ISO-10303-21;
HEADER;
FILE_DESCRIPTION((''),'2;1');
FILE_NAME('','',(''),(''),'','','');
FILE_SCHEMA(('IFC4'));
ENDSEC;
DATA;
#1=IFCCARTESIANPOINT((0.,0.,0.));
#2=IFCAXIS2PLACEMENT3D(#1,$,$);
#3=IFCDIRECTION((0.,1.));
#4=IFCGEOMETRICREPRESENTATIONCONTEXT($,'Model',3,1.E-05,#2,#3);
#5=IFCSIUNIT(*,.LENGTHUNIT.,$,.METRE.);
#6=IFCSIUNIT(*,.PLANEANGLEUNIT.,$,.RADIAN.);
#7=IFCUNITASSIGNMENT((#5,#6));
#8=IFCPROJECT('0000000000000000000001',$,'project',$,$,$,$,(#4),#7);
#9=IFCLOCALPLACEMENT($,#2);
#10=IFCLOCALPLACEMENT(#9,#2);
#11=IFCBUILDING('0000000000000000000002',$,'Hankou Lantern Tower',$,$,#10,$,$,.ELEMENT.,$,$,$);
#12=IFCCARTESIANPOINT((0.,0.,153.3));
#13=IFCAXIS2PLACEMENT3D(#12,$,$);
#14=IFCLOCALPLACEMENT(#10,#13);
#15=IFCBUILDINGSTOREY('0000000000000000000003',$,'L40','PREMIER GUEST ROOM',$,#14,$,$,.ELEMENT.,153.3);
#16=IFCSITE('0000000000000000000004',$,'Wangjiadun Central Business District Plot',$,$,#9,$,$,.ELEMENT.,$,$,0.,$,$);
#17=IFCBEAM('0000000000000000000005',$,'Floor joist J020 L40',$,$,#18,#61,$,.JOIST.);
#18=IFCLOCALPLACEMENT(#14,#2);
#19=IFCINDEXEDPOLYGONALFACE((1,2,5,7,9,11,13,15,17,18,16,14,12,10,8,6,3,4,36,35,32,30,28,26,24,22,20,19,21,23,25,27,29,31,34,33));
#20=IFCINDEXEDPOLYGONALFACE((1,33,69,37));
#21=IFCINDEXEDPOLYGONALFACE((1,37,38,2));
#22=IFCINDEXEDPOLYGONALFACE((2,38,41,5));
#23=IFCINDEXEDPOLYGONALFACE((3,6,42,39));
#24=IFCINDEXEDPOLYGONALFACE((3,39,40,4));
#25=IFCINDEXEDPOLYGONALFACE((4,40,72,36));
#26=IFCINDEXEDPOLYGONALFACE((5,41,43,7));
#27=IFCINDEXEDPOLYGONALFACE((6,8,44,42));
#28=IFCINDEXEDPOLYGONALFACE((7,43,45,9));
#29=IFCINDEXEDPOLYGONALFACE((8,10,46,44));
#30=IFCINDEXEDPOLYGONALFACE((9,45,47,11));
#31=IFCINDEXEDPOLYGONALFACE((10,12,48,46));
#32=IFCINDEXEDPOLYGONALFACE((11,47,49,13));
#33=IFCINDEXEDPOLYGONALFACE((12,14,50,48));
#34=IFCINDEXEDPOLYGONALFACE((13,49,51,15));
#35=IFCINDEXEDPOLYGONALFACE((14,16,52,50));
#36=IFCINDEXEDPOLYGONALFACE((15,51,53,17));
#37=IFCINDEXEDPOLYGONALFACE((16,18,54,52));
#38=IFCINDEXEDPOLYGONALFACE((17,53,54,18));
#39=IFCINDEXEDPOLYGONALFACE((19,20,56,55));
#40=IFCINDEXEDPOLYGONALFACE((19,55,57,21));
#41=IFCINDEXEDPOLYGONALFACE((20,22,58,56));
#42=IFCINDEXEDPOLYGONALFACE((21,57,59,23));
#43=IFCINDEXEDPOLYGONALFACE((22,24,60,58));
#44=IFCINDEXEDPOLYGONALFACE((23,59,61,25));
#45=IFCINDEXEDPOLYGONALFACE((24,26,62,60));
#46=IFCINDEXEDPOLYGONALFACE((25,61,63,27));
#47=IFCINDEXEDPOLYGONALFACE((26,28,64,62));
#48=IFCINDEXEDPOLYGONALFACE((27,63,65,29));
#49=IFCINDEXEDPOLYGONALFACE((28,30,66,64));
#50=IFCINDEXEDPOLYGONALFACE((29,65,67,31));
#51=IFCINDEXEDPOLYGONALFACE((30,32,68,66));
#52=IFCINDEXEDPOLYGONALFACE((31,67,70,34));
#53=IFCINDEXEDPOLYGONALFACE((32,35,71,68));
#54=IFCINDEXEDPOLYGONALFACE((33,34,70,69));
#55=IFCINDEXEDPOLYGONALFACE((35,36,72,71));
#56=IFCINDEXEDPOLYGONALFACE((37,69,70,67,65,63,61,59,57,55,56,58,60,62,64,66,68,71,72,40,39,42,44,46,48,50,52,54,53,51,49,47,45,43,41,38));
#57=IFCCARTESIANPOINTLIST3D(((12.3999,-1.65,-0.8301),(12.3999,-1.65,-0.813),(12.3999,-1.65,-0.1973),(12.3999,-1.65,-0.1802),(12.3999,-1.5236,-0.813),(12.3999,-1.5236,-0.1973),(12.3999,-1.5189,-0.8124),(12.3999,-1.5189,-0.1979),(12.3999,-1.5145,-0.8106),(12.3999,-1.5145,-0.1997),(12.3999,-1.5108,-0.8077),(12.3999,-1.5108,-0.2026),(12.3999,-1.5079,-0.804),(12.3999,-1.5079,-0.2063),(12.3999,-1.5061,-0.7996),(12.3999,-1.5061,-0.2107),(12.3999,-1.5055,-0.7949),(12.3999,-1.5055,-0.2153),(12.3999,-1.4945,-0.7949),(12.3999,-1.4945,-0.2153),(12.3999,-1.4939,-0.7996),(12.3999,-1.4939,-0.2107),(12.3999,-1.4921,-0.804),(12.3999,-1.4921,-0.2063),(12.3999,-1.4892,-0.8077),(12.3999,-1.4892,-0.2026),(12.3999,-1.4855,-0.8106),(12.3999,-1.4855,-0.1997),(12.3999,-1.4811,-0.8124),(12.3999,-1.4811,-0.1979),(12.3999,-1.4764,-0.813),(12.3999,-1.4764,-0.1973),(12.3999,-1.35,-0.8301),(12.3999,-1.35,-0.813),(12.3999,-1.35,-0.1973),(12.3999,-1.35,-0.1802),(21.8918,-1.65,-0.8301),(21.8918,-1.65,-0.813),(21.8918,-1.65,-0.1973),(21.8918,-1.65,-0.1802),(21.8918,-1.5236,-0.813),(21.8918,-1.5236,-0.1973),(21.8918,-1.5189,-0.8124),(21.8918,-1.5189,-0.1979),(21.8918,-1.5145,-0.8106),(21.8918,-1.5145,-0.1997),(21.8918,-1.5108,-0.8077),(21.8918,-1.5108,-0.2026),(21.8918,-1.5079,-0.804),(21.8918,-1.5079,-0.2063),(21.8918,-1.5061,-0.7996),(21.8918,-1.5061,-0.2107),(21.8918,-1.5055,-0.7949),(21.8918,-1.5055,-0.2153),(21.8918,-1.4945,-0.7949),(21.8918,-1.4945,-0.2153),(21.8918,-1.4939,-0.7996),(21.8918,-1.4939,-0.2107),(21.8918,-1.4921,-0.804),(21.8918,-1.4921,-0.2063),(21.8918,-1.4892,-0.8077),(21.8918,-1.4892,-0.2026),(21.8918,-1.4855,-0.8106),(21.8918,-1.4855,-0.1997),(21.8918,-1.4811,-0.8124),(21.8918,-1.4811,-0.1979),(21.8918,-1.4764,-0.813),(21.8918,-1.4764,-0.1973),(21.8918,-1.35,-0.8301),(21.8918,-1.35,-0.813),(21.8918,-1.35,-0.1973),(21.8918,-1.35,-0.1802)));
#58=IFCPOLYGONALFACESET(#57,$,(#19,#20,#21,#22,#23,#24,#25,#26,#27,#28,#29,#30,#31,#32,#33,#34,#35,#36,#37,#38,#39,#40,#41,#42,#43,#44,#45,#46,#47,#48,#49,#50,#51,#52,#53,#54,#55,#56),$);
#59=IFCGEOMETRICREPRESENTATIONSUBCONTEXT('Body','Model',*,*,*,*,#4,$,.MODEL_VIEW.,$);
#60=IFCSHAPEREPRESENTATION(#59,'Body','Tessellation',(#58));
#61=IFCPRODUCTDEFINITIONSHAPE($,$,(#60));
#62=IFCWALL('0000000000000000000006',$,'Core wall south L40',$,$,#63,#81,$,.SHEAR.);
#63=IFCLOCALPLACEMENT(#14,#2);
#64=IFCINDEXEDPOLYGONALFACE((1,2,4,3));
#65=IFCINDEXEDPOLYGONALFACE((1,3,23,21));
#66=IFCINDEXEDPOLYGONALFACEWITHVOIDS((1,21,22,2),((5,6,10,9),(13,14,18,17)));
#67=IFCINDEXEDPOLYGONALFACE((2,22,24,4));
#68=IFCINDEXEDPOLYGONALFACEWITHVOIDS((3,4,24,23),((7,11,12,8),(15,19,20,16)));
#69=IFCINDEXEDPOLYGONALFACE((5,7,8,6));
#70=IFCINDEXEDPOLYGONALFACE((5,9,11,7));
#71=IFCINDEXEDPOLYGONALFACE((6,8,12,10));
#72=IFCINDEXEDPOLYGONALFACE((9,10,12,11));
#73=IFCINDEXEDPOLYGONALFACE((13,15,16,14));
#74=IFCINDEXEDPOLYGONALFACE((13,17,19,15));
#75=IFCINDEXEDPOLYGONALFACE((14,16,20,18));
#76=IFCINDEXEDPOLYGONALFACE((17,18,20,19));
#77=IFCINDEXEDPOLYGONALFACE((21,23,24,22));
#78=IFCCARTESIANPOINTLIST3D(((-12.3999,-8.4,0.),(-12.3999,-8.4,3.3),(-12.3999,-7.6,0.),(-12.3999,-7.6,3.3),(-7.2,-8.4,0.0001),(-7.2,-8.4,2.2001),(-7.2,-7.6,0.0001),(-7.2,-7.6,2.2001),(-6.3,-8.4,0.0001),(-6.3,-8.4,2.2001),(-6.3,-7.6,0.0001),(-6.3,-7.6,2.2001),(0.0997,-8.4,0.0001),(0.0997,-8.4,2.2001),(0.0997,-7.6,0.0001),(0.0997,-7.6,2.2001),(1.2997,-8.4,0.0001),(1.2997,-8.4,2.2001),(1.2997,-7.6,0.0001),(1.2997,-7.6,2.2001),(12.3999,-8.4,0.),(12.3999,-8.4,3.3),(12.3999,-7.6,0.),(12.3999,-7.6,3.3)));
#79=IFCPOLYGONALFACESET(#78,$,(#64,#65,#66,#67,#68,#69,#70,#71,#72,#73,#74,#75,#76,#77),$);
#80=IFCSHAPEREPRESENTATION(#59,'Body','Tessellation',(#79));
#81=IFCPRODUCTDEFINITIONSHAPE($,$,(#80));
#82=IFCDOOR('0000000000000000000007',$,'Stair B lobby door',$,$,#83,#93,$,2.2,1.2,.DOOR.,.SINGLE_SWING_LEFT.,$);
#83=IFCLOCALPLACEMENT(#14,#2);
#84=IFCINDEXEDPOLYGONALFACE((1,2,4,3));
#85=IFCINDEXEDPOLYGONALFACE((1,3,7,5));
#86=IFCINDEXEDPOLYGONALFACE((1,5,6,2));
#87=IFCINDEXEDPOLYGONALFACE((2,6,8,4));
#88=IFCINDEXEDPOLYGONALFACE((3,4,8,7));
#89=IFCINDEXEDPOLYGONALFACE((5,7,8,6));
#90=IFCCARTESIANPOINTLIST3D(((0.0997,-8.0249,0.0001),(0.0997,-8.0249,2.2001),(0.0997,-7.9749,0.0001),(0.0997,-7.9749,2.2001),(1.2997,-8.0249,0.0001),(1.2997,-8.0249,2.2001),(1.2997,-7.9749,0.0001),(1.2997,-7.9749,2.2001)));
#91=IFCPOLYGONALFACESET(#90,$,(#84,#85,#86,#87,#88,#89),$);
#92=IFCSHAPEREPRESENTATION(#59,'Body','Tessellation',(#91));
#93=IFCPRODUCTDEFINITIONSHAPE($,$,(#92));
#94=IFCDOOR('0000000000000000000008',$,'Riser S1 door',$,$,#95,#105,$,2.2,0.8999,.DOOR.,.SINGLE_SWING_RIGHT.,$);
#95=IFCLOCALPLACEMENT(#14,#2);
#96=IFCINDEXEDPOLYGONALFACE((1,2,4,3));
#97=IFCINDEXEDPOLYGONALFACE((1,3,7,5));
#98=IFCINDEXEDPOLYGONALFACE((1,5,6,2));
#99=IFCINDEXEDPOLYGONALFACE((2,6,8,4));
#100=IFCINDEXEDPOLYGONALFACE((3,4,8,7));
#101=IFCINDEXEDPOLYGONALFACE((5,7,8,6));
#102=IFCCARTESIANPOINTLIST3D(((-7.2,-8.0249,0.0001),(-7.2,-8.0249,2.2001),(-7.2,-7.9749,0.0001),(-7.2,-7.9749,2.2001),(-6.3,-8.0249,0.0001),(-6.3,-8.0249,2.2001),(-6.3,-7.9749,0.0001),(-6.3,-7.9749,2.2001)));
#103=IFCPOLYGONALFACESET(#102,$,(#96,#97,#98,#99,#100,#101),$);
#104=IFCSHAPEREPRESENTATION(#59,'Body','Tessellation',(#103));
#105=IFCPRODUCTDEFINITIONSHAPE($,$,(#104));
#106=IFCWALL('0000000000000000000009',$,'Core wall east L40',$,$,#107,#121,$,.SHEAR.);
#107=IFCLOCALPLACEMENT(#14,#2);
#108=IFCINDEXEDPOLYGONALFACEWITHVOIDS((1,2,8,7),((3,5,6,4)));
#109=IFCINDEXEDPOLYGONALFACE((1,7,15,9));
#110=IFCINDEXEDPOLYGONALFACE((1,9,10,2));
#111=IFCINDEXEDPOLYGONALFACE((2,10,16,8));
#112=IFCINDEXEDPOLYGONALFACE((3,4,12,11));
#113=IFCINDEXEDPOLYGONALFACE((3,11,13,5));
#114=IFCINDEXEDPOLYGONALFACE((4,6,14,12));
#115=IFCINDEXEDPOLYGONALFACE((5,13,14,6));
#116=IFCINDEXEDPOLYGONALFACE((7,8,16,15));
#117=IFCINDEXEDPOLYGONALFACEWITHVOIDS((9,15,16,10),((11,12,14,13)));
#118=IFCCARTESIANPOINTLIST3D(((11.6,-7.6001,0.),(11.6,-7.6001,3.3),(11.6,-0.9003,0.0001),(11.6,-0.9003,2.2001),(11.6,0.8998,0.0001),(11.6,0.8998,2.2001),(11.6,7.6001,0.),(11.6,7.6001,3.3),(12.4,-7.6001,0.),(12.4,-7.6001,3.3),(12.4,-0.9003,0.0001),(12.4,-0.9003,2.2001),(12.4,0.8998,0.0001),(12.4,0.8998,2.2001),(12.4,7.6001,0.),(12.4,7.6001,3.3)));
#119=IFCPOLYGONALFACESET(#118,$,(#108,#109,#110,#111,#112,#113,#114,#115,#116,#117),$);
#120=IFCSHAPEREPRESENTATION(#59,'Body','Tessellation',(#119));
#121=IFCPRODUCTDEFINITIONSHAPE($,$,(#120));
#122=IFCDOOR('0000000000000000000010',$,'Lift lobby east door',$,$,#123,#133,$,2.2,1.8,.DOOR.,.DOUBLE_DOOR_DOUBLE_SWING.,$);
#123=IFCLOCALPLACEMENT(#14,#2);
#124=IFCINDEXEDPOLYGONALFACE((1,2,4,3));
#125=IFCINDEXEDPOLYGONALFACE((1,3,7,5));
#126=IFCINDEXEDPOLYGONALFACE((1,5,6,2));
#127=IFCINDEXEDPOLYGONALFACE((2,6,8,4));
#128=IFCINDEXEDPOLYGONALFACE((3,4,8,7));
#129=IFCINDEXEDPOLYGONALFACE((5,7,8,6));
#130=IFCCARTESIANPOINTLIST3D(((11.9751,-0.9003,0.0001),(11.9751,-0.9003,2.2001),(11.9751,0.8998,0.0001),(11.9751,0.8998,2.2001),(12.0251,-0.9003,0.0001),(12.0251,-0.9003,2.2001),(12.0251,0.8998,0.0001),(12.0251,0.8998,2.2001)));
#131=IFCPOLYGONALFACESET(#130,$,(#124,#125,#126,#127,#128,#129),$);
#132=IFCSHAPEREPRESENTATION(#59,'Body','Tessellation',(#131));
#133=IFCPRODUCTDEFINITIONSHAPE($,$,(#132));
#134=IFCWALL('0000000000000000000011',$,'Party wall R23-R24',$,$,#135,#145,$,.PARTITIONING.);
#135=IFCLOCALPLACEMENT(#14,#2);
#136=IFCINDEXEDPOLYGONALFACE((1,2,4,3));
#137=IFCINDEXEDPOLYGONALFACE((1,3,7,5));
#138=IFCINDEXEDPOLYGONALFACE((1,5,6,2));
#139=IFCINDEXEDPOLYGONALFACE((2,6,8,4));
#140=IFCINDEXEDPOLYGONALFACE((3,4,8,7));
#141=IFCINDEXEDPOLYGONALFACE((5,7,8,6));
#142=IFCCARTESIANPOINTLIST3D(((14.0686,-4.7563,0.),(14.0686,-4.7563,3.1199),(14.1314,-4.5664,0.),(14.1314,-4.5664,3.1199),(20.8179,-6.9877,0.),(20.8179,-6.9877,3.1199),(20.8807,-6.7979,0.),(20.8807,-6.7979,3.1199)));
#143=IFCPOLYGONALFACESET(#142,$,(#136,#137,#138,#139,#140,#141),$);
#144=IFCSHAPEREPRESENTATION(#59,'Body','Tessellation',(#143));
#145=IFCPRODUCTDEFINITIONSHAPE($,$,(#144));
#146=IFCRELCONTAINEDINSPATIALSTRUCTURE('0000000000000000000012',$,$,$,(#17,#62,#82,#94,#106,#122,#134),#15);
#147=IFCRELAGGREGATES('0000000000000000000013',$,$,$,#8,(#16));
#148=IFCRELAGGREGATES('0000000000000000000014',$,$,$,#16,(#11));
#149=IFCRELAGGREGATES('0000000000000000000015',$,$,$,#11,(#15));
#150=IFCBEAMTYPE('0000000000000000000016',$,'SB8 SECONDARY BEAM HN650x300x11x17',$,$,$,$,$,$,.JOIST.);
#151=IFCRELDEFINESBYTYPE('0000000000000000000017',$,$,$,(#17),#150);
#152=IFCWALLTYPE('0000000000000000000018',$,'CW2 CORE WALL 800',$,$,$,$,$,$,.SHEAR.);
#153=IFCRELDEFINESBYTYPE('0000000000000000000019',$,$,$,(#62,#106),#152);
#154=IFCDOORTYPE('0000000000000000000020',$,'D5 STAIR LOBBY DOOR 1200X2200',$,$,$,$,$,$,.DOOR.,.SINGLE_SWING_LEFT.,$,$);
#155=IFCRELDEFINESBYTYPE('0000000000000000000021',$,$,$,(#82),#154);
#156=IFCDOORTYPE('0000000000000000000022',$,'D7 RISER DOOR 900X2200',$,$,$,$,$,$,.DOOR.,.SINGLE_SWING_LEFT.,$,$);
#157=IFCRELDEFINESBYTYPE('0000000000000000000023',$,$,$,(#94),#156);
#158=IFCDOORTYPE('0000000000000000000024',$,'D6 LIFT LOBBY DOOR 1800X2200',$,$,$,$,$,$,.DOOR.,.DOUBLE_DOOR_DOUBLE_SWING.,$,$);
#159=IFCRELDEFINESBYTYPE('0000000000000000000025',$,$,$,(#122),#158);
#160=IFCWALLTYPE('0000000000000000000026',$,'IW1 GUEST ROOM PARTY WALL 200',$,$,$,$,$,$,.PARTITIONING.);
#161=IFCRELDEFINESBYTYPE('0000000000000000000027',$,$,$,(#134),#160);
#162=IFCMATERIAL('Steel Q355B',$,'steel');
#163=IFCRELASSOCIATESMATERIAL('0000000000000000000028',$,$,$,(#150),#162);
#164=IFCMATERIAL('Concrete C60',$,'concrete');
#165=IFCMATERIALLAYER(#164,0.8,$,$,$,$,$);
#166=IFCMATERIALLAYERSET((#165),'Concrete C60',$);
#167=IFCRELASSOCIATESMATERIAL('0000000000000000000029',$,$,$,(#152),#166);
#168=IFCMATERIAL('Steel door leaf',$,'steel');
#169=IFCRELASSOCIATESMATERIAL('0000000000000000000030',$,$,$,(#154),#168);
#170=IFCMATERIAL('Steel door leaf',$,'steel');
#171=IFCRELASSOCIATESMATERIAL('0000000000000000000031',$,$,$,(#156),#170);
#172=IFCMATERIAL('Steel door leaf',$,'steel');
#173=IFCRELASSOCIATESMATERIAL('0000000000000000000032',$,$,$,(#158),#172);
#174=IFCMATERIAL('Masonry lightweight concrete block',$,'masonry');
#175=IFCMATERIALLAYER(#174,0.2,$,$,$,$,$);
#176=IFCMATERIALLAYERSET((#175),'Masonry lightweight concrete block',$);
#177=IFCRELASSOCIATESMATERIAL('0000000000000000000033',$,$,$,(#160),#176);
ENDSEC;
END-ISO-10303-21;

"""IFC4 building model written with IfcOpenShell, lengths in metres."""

from ifc_helpers import new_model, si_unit, direction, frame, frame_2d, origin, origin_2d, place, context, subcontext, project, spatial, rectangle, i_section, extrude, material, layer, layer_set, material_profile, profile_set, type_object, element, fill, save


model = new_model("IFC4")

# Units and contexts
model_context = context("Model", 3, precision=1e-05, world=origin(), true_north=direction((0.0, 1.0)))
body_context = subcontext(model_context, "Body", "Model", "MODEL_VIEW")
ifc_project = project(units=[si_unit("LENGTHUNIT", "METRE"), si_unit("PLANEANGLEUNIT", "RADIAN")], contexts=[model_context])

# Site, building, storey
site_placement = place(None, origin())
site = spatial("IfcSite", under=ifc_project, at=site_placement, Name="Wangjiadun Central Business District Plot", CompositionType="ELEMENT", RefElevation=0.0)
building_placement = place(site_placement, origin())
building = spatial("IfcBuilding", under=site, at=building_placement, Name="Hankou Lantern Tower", CompositionType="ELEMENT")
storey_placement = place(building_placement, frame((0.0, 0.0, 153.3)))
storey = spatial("IfcBuildingStorey", under=building, at=storey_placement, Name="L40", Description="PREMIER GUEST ROOM", CompositionType="ELEMENT", Elevation=153.3)

# Beam
ifc_material_1 = material(Name="Steel Q355B", Category="steel")
ifc_material_profile_1 = material_profile(ifc_material_1, i_section(OverallWidth=0.3, OverallDepth=0.6499, WebThickness=0.011, FlangeThickness=0.0171, FilletRadius=0.0181, at=origin_2d()), Name="HN650x300x11x17")
ifc_profile_set_1 = profile_set([ifc_material_profile_1], Name="Steel Q355B")
beam_type_1 = type_object("IfcBeamType", Name="SB8 SECONDARY BEAM HN650x300x11x17", PredefinedType="JOIST", material=ifc_profile_set_1)
beam_1_placement = place(storey_placement, frame((12.3999, -1.5, -0.5051), z_axis=(1.0, 0.0, 0.0), x_axis=(0.0, 1.0, 0.0)))
element("IfcBeam", 1, at=beam_1_placement, inside=storey, type_object=beam_type_1, Name="Floor joist J020 L40", PredefinedType="JOIST", context=body_context, shape_type="SweptSolid", body=[
    extrude(i_section(OverallWidth=0.3, OverallDepth=0.6499, WebThickness=0.011, FlangeThickness=0.0171, FilletRadius=0.0181, at=origin_2d()), origin(), (0.0, 0.0, 1.0), 9.4919),
])

# Wall, openings, doors
ifc_material_2 = material(Name="Concrete C60", Category="concrete")
ifc_layer_1 = layer(ifc_material_2, 0.8)
ifc_layer_set_1 = layer_set([ifc_layer_1], Name="Concrete C60")
wall_type_1 = type_object("IfcWallType", Name="CW2 CORE WALL 800", PredefinedType="SHEAR", material=ifc_layer_set_1)
wall_1_placement = place(storey_placement, frame((12.3999, -8.0, 0.0), z_axis=(0.0, 0.0, 1.0), x_axis=(-1.0, 0.0, 0.0)))
wall_1 = element("IfcWall", 2, at=wall_1_placement, inside=storey, type_object=wall_type_1, Name="Core wall south L40", PredefinedType="SHEAR", context=body_context, shape_type="SweptSolid", body=[
    extrude(rectangle(XDim=24.7998, YDim=0.8, at=frame_2d((12.3999, 0.0))), origin(), (0.0, 0.0, 1.0), 3.3),
])
opening_1_placement = place(wall_1_placement, frame((11.1001, 0.0, 0.0)))
opening_1 = element("IfcOpeningElement", 3, at=opening_1_placement, cuts=wall_1, PredefinedType="OPENING", context=body_context, shape_type="SweptSolid", body=[
    extrude(rectangle(XDim=1.2, YDim=2.2, at=frame_2d((0.6001, 1.1001))), frame((0.0, 0.4099, 0.0), z_axis=(0.0, -1.0, 0.0), x_axis=(1.0, 0.0, 0.0)), (0.0, 0.0, 1.0), 0.8201),
])
opening_2_placement = place(wall_1_placement, frame((18.7, 0.0, 0.0)))
opening_2 = element("IfcOpeningElement", 4, at=opening_2_placement, cuts=wall_1, PredefinedType="OPENING", context=body_context, shape_type="SweptSolid", body=[
    extrude(rectangle(XDim=0.8999, YDim=2.2, at=frame_2d((0.45, 1.1001))), frame((0.0, 0.4099, 0.0), z_axis=(0.0, -1.0, 0.0), x_axis=(1.0, 0.0, 0.0)), (0.0, 0.0, 1.0), 0.8201),
])
ifc_material_3 = material(Name="Steel door leaf", Category="steel")
door_type_1 = type_object("IfcDoorType", Name="D5 STAIR LOBBY DOOR 1200X2200", OperationType="SINGLE_SWING_LEFT", PredefinedType="DOOR", material=ifc_material_3)
door_1_placement = place(opening_1_placement, origin())
door_1 = element("IfcDoor", 5, at=door_1_placement, inside=storey, type_object=door_type_1, Name="Stair B lobby door", OperationType="SINGLE_SWING_LEFT", OverallHeight=2.2, OverallWidth=1.2, PredefinedType="DOOR", context=body_context, shape_type="SweptSolid", body=[
    extrude(rectangle(XDim=1.2, YDim=2.2, at=frame_2d((0.6001, 1.1001))), frame((0.0, 0.0249, 0.0), z_axis=(0.0, -1.0, 0.0), x_axis=(1.0, 0.0, 0.0)), (0.0, 0.0, 1.0), 0.05),
])
fill(opening_1, door_1)
ifc_material_4 = material(Name="Steel door leaf", Category="steel")
door_type_2 = type_object("IfcDoorType", Name="D7 RISER DOOR 900X2200", OperationType="SINGLE_SWING_LEFT", PredefinedType="DOOR", material=ifc_material_4)
door_2_placement = place(opening_2_placement, origin())
door_2 = element("IfcDoor", 6, at=door_2_placement, inside=storey, type_object=door_type_2, Name="Riser S1 door", OperationType="SINGLE_SWING_RIGHT", OverallHeight=2.2, OverallWidth=0.8999, PredefinedType="DOOR", context=body_context, shape_type="SweptSolid", body=[
    extrude(rectangle(XDim=0.8999, YDim=2.2, at=frame_2d((0.45, 1.1001))), frame((0.0, 0.0249, 0.0), z_axis=(0.0, -1.0, 0.0), x_axis=(1.0, 0.0, 0.0)), (0.0, 0.0, 1.0), 0.05),
])
fill(opening_2, door_2)

# Wall, opening, door
wall_2_placement = place(storey_placement, frame((12.0, -7.6001, 0.0), z_axis=(0.0, 0.0, 1.0), x_axis=(0.0, 1.0, 0.0)))
wall_2 = element("IfcWall", 7, at=wall_2_placement, inside=storey, type_object=wall_type_1, Name="Core wall east L40", PredefinedType="SHEAR", context=body_context, shape_type="SweptSolid", body=[
    extrude(rectangle(XDim=15.2002, YDim=0.8, at=frame_2d((7.6001, 0.0))), origin(), (0.0, 0.0, 1.0), 3.3),
])
opening_3_placement = place(wall_2_placement, frame((6.7, 0.0, 0.0)))
opening_3 = element("IfcOpeningElement", 8, at=opening_3_placement, cuts=wall_2, PredefinedType="OPENING", context=body_context, shape_type="SweptSolid", body=[
    extrude(rectangle(XDim=1.8, YDim=2.2, at=frame_2d((0.8999, 1.1001))), frame((0.0, 0.4099, 0.0), z_axis=(0.0, -1.0, 0.0), x_axis=(1.0, 0.0, 0.0)), (0.0, 0.0, 1.0), 0.8201),
])
ifc_material_5 = material(Name="Steel door leaf", Category="steel")
door_type_3 = type_object("IfcDoorType", Name="D6 LIFT LOBBY DOOR 1800X2200", OperationType="DOUBLE_DOOR_DOUBLE_SWING", PredefinedType="DOOR", material=ifc_material_5)
door_3_placement = place(opening_3_placement, origin())
door_3 = element("IfcDoor", 9, at=door_3_placement, inside=storey, type_object=door_type_3, Name="Lift lobby east door", OperationType="DOUBLE_DOOR_DOUBLE_SWING", OverallHeight=2.2, OverallWidth=1.8, PredefinedType="DOOR", context=body_context, shape_type="SweptSolid", body=[
    extrude(rectangle(XDim=1.8, YDim=2.2, at=frame_2d((0.8999, 1.1001))), frame((0.0, 0.0249, 0.0), z_axis=(0.0, -1.0, 0.0), x_axis=(1.0, 0.0, 0.0)), (0.0, 0.0, 1.0), 0.05),
])
fill(opening_3, door_3)

# Wall
ifc_material_6 = material(Name="Masonry lightweight concrete block", Category="masonry")
ifc_layer_2 = layer(ifc_material_6, 0.2)
ifc_layer_set_2 = layer_set([ifc_layer_2], Name="Masonry lightweight concrete block")
wall_type_2 = type_object("IfcWallType", Name="IW1 GUEST ROOM PARTY WALL 200", PredefinedType="PARTITIONING", material=ifc_layer_set_2)
wall_3_placement = place(storey_placement, frame((14.1001, -4.6614, 0.0), z_axis=(0.0, 0.0, 1.0), x_axis=(0.949453, -0.313909, 0.0)))
element("IfcWall", 10, at=wall_3_placement, inside=storey, type_object=wall_type_2, Name="Party wall R23-R24", PredefinedType="PARTITIONING", context=body_context, shape_type="SweptSolid", body=[
    extrude(rectangle(XDim=7.1086, YDim=0.2, at=frame_2d((3.5542, 0.0))), origin(), (0.0, 0.0, 1.0), 3.1199),
])

save(model, "model.ifc")
